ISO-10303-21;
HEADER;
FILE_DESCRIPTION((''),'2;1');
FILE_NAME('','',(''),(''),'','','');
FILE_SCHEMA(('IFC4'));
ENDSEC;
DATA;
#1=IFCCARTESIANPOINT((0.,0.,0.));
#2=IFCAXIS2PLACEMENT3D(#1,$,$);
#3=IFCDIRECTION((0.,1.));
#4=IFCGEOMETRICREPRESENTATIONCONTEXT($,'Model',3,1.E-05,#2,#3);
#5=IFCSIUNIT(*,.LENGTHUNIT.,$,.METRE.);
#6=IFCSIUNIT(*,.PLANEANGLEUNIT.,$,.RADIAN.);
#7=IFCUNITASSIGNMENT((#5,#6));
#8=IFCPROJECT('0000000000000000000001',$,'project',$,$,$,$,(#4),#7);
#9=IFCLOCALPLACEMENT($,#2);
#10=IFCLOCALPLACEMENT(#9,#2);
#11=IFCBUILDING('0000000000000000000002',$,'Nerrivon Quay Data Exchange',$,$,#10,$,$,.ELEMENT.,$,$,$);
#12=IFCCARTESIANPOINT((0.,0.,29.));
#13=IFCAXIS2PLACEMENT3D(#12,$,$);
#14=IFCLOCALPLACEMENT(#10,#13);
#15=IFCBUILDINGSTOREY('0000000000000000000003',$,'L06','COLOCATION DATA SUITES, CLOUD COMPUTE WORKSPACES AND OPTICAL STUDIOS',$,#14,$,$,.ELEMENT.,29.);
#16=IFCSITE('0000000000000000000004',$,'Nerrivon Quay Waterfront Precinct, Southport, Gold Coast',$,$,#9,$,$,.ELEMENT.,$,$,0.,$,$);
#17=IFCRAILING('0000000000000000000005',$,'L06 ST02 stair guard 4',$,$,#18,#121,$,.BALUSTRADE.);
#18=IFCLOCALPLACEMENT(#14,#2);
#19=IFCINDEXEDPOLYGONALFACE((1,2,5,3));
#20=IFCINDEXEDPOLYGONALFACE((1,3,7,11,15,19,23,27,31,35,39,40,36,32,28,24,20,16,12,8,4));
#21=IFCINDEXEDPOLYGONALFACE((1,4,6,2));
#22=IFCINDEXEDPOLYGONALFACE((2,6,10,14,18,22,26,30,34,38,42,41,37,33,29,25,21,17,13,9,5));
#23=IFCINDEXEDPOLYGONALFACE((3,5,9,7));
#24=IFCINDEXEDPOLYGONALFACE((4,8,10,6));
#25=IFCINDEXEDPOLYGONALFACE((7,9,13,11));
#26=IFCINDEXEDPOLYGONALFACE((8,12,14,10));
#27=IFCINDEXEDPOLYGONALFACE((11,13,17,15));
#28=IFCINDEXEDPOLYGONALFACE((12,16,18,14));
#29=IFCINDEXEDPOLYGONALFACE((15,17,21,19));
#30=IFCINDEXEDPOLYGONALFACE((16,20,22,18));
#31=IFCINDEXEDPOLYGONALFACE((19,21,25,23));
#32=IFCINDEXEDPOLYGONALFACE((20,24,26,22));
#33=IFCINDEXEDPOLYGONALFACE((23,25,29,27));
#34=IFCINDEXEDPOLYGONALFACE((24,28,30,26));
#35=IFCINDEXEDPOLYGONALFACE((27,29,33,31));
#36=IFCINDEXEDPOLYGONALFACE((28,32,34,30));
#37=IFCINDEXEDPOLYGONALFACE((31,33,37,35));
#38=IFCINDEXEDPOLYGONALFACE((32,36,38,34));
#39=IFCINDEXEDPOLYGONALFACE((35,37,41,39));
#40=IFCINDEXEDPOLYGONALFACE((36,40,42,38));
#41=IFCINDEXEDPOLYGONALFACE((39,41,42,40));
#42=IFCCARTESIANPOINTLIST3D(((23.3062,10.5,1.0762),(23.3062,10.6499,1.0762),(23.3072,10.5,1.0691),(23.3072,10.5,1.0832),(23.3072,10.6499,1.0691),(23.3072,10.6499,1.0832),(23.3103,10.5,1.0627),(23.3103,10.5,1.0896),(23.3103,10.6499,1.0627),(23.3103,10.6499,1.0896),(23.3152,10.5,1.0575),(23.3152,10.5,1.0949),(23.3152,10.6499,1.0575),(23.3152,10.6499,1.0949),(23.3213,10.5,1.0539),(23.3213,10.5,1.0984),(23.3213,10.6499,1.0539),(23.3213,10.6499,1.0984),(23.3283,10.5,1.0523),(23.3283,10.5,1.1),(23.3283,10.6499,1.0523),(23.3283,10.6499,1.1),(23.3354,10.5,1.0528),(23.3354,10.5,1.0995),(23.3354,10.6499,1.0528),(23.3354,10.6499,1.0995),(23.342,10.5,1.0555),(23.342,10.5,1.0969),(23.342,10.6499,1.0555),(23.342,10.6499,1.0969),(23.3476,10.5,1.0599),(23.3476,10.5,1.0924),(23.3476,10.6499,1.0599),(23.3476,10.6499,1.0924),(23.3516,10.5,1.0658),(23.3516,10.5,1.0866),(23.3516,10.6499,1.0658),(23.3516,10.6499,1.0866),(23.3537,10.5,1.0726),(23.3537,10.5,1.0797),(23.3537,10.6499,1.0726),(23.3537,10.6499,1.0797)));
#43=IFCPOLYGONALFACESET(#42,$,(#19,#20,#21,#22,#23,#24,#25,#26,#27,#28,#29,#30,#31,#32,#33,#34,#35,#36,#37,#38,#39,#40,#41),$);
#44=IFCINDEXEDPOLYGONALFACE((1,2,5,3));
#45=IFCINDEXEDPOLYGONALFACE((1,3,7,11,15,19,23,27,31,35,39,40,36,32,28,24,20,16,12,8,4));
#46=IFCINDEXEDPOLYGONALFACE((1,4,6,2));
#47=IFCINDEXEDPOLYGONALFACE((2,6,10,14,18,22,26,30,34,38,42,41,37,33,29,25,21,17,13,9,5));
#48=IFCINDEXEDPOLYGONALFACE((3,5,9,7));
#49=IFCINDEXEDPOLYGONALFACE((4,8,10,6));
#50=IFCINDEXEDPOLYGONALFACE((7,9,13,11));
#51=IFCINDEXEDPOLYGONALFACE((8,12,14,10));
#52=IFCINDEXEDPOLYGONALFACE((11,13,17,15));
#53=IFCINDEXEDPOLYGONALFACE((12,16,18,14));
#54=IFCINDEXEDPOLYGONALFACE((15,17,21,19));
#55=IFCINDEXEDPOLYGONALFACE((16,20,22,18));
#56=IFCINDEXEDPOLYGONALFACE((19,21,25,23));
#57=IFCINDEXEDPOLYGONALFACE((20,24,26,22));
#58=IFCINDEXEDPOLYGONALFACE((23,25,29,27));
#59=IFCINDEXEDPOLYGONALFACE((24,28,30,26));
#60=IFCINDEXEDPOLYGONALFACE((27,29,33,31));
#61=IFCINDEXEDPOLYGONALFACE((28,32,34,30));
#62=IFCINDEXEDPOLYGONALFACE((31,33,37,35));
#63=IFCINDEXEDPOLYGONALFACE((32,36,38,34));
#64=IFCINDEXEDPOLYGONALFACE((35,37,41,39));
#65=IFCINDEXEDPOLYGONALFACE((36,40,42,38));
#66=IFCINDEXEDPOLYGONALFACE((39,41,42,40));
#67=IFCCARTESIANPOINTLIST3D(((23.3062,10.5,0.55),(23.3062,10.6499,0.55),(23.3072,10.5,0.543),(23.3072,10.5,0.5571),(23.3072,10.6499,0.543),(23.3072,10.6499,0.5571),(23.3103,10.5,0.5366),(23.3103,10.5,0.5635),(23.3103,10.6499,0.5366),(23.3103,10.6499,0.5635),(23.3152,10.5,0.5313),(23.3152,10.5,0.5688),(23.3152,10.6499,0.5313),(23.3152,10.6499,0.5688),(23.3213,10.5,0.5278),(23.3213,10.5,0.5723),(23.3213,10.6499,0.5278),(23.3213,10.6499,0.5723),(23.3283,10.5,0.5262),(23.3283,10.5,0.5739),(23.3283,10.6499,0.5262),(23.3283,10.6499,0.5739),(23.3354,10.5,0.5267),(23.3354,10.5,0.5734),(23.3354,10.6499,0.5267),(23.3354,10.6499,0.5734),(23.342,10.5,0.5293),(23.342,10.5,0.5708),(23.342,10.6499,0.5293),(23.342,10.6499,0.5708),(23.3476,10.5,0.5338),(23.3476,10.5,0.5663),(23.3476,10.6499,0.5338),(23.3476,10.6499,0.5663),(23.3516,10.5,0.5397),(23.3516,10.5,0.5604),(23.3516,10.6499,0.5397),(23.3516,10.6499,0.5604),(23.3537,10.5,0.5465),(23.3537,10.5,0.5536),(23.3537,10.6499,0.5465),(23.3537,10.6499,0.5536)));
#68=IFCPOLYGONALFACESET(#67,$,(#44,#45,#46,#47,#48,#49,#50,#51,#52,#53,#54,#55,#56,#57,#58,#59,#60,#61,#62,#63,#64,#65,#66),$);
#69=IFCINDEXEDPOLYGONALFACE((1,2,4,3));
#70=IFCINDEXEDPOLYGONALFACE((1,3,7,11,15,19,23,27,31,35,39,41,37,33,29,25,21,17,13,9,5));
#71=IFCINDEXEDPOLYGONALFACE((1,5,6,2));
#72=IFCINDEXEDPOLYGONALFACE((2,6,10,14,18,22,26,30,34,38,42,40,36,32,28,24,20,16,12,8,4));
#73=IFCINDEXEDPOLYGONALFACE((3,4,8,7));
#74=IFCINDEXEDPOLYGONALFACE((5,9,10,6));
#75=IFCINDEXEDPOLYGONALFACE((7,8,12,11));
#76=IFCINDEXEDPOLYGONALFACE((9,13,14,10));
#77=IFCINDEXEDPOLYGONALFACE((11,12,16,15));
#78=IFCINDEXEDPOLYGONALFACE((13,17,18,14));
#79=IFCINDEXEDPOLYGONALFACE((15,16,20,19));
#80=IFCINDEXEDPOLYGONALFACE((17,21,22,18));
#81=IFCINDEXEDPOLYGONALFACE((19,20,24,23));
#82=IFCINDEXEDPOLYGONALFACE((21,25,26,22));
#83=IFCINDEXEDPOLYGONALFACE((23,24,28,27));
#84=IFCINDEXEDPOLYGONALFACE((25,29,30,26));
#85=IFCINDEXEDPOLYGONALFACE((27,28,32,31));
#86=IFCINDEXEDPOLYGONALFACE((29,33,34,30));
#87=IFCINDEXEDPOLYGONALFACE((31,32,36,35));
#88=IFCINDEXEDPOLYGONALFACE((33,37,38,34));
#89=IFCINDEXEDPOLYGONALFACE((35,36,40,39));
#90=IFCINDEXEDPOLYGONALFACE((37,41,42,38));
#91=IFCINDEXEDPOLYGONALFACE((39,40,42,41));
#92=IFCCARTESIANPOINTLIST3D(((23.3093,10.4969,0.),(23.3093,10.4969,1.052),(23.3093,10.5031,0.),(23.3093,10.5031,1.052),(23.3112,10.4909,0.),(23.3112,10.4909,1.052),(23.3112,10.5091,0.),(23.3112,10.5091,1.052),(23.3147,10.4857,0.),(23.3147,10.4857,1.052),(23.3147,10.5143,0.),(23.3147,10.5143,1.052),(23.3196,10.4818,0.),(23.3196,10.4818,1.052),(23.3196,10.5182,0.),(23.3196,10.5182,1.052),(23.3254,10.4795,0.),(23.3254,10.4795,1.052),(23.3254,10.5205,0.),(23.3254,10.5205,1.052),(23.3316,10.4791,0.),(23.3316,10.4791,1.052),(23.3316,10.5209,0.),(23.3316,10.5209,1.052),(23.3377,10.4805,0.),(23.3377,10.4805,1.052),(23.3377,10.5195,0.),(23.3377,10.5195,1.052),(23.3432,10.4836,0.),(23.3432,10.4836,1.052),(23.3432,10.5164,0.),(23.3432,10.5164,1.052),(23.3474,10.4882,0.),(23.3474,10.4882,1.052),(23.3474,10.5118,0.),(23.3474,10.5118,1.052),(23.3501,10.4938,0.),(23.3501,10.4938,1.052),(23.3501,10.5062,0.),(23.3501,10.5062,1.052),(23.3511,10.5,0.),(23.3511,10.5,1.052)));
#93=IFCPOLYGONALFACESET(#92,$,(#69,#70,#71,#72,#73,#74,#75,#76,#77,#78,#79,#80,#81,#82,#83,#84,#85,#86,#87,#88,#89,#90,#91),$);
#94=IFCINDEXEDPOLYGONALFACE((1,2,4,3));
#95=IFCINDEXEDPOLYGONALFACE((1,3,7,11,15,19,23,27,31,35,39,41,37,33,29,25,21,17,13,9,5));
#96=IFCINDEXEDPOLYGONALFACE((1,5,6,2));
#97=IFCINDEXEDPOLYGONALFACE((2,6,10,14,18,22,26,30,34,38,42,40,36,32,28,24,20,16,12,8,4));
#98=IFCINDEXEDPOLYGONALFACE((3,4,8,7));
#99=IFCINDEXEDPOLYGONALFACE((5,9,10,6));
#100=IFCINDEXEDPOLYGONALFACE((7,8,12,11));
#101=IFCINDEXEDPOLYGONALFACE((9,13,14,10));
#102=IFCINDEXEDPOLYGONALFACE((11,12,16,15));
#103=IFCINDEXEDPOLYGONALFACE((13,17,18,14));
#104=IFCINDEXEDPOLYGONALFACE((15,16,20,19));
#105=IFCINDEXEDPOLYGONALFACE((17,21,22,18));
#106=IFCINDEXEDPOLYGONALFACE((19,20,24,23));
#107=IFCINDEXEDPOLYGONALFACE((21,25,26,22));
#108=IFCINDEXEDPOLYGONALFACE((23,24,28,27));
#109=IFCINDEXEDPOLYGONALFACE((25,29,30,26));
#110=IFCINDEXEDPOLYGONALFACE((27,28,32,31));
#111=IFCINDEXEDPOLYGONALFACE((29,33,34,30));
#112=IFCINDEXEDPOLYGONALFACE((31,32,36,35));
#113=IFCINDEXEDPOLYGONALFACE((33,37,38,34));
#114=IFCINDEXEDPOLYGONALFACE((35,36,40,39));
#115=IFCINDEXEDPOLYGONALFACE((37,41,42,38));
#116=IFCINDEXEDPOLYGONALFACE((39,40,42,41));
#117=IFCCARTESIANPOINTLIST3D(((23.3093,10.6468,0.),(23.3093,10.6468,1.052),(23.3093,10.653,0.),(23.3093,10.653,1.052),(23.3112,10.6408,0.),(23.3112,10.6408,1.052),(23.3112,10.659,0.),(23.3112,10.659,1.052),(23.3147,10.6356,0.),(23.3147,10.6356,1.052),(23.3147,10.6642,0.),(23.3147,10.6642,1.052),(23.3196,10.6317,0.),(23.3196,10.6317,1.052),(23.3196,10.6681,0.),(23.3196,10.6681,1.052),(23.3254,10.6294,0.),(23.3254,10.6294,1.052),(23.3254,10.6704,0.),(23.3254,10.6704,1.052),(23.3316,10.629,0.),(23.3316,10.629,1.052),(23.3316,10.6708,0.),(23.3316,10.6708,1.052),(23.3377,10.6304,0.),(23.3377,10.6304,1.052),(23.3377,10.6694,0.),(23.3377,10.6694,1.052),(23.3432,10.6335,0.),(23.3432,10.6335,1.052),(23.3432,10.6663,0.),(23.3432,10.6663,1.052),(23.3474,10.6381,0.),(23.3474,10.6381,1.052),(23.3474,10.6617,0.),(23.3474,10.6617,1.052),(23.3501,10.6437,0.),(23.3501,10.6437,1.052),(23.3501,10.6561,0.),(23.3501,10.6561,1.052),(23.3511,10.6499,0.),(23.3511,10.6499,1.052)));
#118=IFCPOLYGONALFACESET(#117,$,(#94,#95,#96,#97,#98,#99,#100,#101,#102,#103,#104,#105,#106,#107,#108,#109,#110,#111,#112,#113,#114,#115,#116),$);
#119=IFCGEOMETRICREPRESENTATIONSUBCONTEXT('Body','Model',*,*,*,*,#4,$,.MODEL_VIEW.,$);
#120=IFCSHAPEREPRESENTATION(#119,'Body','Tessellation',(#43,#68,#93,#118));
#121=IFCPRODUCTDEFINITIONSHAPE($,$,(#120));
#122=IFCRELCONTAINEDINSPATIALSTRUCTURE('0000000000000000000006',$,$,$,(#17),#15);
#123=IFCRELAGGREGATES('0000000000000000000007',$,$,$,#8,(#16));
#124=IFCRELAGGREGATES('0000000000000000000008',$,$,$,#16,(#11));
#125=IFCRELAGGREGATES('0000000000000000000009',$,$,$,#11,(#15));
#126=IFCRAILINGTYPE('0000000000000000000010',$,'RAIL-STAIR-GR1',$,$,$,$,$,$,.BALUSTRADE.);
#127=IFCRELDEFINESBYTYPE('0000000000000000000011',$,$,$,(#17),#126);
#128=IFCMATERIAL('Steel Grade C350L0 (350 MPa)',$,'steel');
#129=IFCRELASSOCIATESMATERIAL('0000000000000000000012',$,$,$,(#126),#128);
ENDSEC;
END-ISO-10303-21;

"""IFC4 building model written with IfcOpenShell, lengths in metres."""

from ifc_helpers import new_model, si_unit, direction, frame, origin, origin_2d, place, context, subcontext, project, spatial, circle, extrude, material, type_object, element, save


model = new_model("IFC4")

# Units and contexts
model_context = context("Model", 3, precision=1e-05, world=origin(), true_north=direction((0.0, 1.0)))
body_context = subcontext(model_context, "Body", "Model", "MODEL_VIEW")
ifc_project = project(units=[si_unit("LENGTHUNIT", "METRE"), si_unit("PLANEANGLEUNIT", "RADIAN")], contexts=[model_context])

# Site, building, storey
site_placement = place(None, origin())
site = spatial("IfcSite", under=ifc_project, at=site_placement, Name="Nerrivon Quay Waterfront Precinct, Southport, Gold Coast", CompositionType="ELEMENT", RefElevation=0.0)
building_placement = place(site_placement, origin())
building = spatial("IfcBuilding", under=site, at=building_placement, Name="Nerrivon Quay Data Exchange", CompositionType="ELEMENT")
storey_placement = place(building_placement, frame((0.0, 0.0, 29.0)))
storey = spatial("IfcBuildingStorey", under=building, at=storey_placement, Name="L06", Description="COLOCATION DATA SUITES, CLOUD COMPUTE WORKSPACES AND OPTICAL STUDIOS", CompositionType="ELEMENT", Elevation=29.0)

# Railing
ifc_material_1 = material(Name="Steel Grade C350L0 (350 MPa)", Category="steel")
railing_type_1 = type_object("IfcRailingType", Name="RAIL-STAIR-GR1", PredefinedType="BALUSTRADE", material=ifc_material_1)
railing_1_placement = place(storey_placement, frame((23.3301, 10.5, 0.0)))
element("IfcRailing", 1, at=railing_1_placement, inside=storey, type_object=railing_type_1, Name="L06 ST02 stair guard 4", PredefinedType="BALUSTRADE", context=body_context, shape_type="SweptSolid", body=[
    extrude(circle(Radius=0.0239, at=origin_2d()), frame((0.0, 0.0, 1.0762), z_axis=(0.0, 1.0, 0.0), x_axis=(-1.0, 0.0, 0.0)), (0.0, 0.0, 1.0), 0.1499),
    extrude(circle(Radius=0.0239, at=origin_2d()), frame((0.0, 0.0, 0.55), z_axis=(0.0, 1.0, 0.0), x_axis=(-1.0, 0.0, 0.0)), (0.0, 0.0, 1.0), 0.1499),
    extrude(circle(Radius=0.021, at=origin_2d()), origin(), (0.0, 0.0, 1.0), 1.052),
    extrude(circle(Radius=0.021, at=origin_2d()), frame((0.0, 0.1499, 0.0)), (0.0, 0.0, 1.0), 1.052),
])

save(model, "model.ifc")
